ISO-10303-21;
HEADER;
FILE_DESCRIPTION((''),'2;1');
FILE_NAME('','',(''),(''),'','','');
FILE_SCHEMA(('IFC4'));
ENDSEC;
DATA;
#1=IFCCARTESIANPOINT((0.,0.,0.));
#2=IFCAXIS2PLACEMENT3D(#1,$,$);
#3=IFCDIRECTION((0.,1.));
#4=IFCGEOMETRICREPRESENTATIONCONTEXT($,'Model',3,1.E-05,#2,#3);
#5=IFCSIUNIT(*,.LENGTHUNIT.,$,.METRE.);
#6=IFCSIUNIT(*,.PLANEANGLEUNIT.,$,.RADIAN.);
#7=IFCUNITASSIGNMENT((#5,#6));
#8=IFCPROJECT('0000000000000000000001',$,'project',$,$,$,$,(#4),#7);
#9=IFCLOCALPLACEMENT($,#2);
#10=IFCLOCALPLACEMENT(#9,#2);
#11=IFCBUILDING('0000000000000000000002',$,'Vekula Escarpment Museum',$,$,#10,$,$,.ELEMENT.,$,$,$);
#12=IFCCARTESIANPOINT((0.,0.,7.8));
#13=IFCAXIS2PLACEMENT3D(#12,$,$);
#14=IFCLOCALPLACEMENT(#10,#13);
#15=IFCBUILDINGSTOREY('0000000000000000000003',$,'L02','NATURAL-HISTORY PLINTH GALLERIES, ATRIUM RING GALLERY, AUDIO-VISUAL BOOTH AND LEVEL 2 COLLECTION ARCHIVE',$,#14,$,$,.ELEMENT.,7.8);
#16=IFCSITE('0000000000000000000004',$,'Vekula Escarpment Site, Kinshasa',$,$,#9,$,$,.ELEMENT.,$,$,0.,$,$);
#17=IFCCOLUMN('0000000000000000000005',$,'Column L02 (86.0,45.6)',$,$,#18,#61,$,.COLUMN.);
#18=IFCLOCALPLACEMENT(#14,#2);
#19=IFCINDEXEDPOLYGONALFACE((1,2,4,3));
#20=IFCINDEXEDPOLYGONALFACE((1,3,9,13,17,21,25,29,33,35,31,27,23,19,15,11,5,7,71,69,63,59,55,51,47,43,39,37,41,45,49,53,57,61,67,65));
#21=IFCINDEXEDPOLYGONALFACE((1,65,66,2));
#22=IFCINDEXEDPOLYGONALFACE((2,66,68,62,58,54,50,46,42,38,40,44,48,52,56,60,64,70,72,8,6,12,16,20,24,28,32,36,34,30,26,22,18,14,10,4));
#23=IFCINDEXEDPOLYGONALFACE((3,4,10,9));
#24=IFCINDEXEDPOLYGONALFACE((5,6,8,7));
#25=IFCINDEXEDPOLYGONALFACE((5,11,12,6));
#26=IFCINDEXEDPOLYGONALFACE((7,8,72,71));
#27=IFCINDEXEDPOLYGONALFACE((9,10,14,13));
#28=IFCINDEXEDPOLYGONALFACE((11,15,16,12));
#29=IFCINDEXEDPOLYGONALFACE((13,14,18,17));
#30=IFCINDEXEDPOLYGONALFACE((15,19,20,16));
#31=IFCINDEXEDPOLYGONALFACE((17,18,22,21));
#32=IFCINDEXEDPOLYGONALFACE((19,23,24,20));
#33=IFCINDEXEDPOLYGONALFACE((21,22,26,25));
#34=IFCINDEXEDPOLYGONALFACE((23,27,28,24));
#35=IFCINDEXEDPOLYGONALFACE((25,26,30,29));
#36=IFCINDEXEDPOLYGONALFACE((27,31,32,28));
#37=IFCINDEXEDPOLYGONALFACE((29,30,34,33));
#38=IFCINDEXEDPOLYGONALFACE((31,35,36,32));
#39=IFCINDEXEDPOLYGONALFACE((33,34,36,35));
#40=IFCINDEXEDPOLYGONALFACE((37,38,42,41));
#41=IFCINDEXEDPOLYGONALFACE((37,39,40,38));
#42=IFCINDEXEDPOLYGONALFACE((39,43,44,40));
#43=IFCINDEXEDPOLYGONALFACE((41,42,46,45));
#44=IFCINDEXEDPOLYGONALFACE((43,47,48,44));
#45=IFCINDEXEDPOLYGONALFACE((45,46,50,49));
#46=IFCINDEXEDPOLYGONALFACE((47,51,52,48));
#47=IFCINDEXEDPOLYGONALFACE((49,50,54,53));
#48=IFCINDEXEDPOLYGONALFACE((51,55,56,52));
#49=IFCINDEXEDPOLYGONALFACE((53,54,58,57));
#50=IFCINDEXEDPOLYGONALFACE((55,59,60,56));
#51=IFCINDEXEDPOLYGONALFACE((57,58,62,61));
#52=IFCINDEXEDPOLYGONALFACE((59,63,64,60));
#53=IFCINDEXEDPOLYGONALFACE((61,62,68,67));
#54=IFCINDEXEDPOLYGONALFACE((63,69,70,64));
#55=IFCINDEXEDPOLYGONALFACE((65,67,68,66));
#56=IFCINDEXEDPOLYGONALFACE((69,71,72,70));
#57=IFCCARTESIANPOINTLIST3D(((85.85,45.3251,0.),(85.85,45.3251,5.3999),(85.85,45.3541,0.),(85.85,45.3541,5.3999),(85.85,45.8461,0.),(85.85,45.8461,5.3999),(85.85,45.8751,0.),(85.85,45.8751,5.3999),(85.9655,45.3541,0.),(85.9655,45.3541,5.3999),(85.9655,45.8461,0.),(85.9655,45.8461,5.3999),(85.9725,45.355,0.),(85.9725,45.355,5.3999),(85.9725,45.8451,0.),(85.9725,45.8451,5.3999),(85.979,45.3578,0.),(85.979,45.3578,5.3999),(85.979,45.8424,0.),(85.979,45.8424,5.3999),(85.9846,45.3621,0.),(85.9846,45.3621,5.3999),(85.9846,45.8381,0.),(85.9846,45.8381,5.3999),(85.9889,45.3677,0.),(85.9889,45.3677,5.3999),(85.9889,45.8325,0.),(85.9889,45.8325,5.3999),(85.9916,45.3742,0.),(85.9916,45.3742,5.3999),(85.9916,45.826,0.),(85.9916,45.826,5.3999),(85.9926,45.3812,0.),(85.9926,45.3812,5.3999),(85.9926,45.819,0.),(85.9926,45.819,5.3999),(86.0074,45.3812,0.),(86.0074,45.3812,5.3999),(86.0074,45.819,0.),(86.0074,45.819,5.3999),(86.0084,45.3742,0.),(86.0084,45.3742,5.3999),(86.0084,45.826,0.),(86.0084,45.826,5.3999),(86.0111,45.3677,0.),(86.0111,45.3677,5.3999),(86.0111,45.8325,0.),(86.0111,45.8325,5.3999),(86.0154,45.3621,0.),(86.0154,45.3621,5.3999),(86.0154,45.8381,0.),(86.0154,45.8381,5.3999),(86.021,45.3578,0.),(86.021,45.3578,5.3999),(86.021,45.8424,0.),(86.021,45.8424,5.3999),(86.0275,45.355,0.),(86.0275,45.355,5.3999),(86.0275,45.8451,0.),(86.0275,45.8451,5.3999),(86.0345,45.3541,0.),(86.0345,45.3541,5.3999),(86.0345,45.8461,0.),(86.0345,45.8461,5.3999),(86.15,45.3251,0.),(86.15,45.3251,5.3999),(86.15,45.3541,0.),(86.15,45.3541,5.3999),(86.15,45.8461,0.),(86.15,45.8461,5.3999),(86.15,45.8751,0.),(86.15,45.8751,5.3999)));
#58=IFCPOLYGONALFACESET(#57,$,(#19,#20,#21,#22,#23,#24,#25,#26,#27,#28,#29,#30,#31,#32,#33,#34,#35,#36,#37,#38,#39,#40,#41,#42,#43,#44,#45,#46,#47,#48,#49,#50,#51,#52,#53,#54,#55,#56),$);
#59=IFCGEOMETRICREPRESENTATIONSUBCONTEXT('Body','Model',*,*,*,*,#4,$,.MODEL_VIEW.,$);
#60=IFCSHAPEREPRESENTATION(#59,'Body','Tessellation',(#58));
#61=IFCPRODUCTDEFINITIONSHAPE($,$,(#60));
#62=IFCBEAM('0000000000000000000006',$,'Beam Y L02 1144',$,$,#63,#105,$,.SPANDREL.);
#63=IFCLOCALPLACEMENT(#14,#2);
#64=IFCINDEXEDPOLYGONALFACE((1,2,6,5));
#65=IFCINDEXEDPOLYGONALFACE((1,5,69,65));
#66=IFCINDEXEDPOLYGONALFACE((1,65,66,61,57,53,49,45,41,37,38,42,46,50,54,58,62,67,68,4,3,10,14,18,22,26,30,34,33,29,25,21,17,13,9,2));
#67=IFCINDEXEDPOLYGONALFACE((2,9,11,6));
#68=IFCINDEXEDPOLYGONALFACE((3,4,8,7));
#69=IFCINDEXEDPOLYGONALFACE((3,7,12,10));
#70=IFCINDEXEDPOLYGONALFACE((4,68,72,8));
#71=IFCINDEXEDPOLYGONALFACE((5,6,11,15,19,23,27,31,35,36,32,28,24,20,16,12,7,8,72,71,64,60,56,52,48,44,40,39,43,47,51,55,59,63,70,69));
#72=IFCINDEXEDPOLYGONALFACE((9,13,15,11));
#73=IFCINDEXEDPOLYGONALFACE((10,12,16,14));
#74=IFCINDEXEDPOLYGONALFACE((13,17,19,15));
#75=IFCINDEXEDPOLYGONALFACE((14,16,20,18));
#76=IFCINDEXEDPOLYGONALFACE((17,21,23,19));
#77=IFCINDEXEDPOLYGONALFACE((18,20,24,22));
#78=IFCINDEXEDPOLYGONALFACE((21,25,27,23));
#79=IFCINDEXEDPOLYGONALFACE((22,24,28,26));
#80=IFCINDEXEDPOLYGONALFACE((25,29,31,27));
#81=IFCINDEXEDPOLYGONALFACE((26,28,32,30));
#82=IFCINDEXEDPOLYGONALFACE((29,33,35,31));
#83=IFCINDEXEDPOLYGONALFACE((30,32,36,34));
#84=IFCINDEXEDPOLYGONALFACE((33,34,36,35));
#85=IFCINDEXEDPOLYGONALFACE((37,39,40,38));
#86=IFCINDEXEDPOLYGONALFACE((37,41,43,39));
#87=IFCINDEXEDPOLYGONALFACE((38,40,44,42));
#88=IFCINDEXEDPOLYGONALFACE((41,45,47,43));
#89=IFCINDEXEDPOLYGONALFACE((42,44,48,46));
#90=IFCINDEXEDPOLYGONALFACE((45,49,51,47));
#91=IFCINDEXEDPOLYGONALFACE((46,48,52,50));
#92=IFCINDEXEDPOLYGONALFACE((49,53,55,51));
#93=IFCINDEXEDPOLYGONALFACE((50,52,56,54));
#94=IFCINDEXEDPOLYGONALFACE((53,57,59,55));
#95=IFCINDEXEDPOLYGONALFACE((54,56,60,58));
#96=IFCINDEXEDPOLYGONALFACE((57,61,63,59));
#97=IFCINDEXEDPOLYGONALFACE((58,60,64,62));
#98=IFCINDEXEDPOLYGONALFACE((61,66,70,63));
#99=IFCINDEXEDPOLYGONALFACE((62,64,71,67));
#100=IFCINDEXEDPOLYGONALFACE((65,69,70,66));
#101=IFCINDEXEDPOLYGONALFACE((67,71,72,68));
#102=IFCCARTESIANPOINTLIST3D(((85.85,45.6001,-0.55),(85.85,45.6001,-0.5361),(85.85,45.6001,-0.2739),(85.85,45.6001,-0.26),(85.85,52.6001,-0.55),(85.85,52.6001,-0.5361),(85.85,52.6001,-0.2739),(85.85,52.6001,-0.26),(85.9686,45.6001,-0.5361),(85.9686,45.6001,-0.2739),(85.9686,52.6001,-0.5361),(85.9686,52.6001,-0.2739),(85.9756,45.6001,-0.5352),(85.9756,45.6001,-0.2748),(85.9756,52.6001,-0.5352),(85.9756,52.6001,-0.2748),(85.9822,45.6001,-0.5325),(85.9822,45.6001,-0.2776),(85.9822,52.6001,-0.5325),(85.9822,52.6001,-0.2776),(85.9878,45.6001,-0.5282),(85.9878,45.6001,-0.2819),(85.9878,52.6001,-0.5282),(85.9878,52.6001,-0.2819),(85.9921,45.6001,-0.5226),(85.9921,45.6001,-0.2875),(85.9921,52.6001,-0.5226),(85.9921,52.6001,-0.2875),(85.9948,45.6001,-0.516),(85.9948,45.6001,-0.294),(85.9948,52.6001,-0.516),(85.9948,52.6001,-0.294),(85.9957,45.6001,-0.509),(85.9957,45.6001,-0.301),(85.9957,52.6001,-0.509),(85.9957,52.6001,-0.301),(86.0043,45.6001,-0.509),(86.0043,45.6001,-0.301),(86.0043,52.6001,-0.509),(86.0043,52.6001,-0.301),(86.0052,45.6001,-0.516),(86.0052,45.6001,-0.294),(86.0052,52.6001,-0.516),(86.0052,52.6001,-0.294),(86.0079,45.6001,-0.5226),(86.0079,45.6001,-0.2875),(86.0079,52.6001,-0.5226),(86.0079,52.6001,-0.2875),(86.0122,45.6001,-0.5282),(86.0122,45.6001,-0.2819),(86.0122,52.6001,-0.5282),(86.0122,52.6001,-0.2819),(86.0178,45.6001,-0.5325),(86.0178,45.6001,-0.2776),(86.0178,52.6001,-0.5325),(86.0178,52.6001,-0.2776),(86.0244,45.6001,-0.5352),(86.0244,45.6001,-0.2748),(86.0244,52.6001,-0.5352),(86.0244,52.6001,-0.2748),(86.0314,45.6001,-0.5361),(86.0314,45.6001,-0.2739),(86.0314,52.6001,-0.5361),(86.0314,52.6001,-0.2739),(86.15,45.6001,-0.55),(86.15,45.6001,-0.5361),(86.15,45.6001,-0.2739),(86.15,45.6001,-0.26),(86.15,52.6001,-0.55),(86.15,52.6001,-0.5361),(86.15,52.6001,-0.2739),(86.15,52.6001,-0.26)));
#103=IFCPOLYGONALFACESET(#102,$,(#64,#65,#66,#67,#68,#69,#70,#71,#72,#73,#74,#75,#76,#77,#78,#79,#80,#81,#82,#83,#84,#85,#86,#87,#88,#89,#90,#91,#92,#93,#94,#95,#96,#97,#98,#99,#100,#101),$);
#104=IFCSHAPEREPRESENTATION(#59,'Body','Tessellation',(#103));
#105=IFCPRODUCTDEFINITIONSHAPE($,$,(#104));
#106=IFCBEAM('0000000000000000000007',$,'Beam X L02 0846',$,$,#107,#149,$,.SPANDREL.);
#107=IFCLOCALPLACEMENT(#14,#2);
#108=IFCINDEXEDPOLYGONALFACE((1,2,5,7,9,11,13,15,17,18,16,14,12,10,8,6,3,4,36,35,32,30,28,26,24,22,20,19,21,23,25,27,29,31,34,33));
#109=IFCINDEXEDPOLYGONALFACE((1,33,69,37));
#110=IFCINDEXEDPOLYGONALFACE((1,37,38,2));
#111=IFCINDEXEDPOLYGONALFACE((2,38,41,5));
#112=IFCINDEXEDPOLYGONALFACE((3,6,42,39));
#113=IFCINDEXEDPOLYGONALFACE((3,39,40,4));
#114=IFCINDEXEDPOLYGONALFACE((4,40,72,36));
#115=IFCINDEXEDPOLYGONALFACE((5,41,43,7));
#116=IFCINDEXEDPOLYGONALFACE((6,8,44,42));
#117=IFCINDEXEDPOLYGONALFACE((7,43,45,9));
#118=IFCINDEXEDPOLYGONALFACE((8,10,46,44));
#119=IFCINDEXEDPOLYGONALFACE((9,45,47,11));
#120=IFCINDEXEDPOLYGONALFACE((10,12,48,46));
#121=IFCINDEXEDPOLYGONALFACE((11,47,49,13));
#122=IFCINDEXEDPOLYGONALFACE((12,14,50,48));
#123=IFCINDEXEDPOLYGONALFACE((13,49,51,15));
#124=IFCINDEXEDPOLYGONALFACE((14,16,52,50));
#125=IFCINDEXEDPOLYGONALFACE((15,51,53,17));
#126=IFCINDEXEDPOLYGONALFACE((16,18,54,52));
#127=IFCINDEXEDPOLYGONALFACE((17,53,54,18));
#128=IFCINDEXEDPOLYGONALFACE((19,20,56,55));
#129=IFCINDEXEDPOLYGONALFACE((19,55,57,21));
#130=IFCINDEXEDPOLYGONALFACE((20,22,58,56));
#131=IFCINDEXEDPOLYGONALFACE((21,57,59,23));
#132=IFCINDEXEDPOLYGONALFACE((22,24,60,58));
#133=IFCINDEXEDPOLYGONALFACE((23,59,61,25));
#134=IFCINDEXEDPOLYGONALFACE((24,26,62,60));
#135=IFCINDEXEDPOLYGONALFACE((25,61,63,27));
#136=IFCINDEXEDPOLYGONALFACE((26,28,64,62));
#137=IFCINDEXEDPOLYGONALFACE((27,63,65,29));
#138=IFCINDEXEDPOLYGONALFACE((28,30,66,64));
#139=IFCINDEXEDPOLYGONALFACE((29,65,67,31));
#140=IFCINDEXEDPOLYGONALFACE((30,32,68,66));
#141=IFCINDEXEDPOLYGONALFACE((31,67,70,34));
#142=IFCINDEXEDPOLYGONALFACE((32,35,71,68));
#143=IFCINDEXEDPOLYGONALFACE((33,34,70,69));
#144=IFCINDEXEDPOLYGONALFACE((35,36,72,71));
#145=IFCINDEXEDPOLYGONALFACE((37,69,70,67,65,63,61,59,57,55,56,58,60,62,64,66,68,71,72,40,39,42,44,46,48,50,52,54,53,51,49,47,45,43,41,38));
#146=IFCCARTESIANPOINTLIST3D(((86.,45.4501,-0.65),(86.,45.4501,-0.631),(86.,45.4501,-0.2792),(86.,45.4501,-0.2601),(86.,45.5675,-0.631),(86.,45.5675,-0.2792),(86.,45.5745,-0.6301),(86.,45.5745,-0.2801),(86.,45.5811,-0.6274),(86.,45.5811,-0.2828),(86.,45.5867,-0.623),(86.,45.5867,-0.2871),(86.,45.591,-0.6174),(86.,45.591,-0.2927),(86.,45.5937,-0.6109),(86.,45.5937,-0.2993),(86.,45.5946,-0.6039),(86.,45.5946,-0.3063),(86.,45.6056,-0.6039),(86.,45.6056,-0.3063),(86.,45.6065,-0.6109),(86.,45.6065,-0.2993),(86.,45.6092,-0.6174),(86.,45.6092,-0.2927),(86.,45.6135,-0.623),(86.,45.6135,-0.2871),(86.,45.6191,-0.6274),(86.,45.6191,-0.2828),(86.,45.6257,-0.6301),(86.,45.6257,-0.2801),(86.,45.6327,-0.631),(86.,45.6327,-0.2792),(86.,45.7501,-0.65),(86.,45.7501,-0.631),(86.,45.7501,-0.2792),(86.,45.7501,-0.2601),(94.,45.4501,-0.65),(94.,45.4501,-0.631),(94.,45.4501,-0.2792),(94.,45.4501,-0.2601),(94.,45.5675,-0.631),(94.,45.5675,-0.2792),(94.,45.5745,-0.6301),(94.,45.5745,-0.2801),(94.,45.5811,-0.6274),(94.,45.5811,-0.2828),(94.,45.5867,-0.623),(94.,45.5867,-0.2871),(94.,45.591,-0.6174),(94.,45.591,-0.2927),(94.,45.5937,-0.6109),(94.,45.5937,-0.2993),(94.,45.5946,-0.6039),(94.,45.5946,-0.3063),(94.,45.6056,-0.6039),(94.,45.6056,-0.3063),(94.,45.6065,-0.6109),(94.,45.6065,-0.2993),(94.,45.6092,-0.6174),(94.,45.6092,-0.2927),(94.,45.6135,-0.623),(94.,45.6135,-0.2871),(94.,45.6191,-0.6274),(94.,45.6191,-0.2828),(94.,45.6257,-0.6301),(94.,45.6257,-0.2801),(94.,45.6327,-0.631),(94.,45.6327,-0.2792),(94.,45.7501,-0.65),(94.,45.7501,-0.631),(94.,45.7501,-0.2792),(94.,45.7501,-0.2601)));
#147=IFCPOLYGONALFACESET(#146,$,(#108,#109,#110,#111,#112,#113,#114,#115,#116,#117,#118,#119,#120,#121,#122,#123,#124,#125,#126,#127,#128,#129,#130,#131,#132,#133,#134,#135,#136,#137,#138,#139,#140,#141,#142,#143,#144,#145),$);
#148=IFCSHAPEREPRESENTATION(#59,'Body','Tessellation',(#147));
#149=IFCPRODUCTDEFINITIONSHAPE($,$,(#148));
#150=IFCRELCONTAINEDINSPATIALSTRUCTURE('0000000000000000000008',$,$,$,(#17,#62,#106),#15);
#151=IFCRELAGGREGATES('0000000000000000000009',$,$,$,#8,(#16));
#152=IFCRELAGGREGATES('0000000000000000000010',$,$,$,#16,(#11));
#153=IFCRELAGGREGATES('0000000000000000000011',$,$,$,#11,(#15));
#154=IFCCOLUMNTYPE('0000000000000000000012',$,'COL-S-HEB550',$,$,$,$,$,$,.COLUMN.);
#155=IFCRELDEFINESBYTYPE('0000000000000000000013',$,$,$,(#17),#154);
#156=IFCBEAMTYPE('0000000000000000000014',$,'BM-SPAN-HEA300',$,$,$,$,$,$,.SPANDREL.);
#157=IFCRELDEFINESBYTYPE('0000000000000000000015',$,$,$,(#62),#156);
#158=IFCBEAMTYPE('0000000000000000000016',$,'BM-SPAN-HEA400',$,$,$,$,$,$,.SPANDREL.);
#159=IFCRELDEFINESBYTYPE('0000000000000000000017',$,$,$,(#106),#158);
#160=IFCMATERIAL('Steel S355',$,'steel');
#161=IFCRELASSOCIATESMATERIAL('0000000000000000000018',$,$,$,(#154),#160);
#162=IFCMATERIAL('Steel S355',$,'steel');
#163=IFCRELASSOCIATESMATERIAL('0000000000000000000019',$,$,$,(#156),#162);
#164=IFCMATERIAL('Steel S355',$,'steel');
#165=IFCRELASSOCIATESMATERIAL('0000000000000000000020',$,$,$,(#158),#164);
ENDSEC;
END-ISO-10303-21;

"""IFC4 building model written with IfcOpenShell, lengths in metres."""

from ifc_helpers import new_model, si_unit, direction, frame, origin, origin_2d, place, context, subcontext, project, spatial, i_section, extrude, material, material_profile, profile_set, type_object, element, save


model = new_model("IFC4")

# Units and contexts
model_context = context("Model", 3, precision=1e-05, world=origin(), true_north=direction((0.0, 1.0)))
body_context = subcontext(model_context, "Body", "Model", "MODEL_VIEW")
ifc_project = project(units=[si_unit("LENGTHUNIT", "METRE"), si_unit("PLANEANGLEUNIT", "RADIAN")], contexts=[model_context])

# Site, building, storey
site_placement = place(None, origin())
site = spatial("IfcSite", under=ifc_project, at=site_placement, Name="Vekula Escarpment Site, Kinshasa", CompositionType="ELEMENT", RefElevation=0.0)
building_placement = place(site_placement, origin())
building = spatial("IfcBuilding", under=site, at=building_placement, Name="Vekula Escarpment Museum", CompositionType="ELEMENT")
storey_placement = place(building_placement, frame((0.0, 0.0, 7.8)))
storey = spatial("IfcBuildingStorey", under=building, at=storey_placement, Name="L02", Description="NATURAL-HISTORY PLINTH GALLERIES, ATRIUM RING GALLERY, AUDIO-VISUAL BOOTH AND LEVEL 2 COLLECTION ARCHIVE", CompositionType="ELEMENT", Elevation=7.8)

# Column
ifc_material_1 = material(Name="Steel S355", Category="steel")
ifc_material_profile_1 = material_profile(ifc_material_1, i_section(OverallWidth=0.3, OverallDepth=0.55, WebThickness=0.0149, FlangeThickness=0.0291, FilletRadius=0.0271, at=origin_2d()), Name="HEB 550")
ifc_profile_set_1 = profile_set([ifc_material_profile_1], Name="Steel S355")
column_type = type_object("IfcColumnType", Name="COL-S-HEB550", PredefinedType="COLUMN", material=ifc_profile_set_1)
column_placement = place(storey_placement, frame((86.0, 45.6001, 0.0), z_axis=(0.0, 0.0, 1.0), x_axis=(1.0, 0.0, 0.0)))
element("IfcColumn", 1, at=column_placement, inside=storey, type_object=column_type, Name="Column L02 (86.0,45.6)", PredefinedType="COLUMN", context=body_context, shape_type="SweptSolid", body=[
    extrude(i_section(OverallWidth=0.3, OverallDepth=0.55, WebThickness=0.0149, FlangeThickness=0.0291, FilletRadius=0.0271, at=origin_2d()), origin(), (0.0, 0.0, 1.0), 5.3999),
])

# Beams
ifc_material_2 = material(Name="Steel S355", Category="steel")
ifc_material_profile_2 = material_profile(ifc_material_2, i_section(OverallWidth=0.3, OverallDepth=0.29, WebThickness=0.0085, FlangeThickness=0.0139, FilletRadius=0.0271, at=origin_2d()), Name="HEA 300")
ifc_profile_set_2 = profile_set([ifc_material_profile_2], Name="Steel S355")
beam_type_1 = type_object("IfcBeamType", Name="BM-SPAN-HEA300", PredefinedType="SPANDREL", material=ifc_profile_set_2)
beam_1_placement = place(storey_placement, frame((86.0, 45.6001, -0.405), z_axis=(0.0, 1.0, 0.0), x_axis=(-1.0, 0.0, 0.0)))
element("IfcBeam", 2, at=beam_1_placement, inside=storey, type_object=beam_type_1, Name="Beam Y L02 1144", PredefinedType="SPANDREL", context=body_context, shape_type="SweptSolid", body=[
    extrude(i_section(OverallWidth=0.3, OverallDepth=0.29, WebThickness=0.0085, FlangeThickness=0.0139, FilletRadius=0.0271, at=origin_2d()), origin(), (0.0, 0.0, 1.0), 7.0),
])
ifc_material_3 = material(Name="Steel S355", Category="steel")
ifc_material_profile_3 = material_profile(ifc_material_3, i_section(OverallWidth=0.3, OverallDepth=0.3899, WebThickness=0.011, FlangeThickness=0.019, FilletRadius=0.0271, at=origin_2d()), Name="HEA 400")
ifc_profile_set_3 = profile_set([ifc_material_profile_3], Name="Steel S355")
beam_type_2 = type_object("IfcBeamType", Name="BM-SPAN-HEA400", PredefinedType="SPANDREL", material=ifc_profile_set_3)
beam_2_placement = place(storey_placement, frame((86.0, 45.6001, -0.4551), z_axis=(1.0, 0.0, 0.0), x_axis=(0.0, 1.0, 0.0)))
element("IfcBeam", 3, at=beam_2_placement, inside=storey, type_object=beam_type_2, Name="Beam X L02 0846", PredefinedType="SPANDREL", context=body_context, shape_type="SweptSolid", body=[
    extrude(i_section(OverallWidth=0.3, OverallDepth=0.3899, WebThickness=0.011, FlangeThickness=0.019, FilletRadius=0.0271, at=origin_2d()), origin(), (0.0, 0.0, 1.0), 8.0),
])

save(model, "model.ifc")
